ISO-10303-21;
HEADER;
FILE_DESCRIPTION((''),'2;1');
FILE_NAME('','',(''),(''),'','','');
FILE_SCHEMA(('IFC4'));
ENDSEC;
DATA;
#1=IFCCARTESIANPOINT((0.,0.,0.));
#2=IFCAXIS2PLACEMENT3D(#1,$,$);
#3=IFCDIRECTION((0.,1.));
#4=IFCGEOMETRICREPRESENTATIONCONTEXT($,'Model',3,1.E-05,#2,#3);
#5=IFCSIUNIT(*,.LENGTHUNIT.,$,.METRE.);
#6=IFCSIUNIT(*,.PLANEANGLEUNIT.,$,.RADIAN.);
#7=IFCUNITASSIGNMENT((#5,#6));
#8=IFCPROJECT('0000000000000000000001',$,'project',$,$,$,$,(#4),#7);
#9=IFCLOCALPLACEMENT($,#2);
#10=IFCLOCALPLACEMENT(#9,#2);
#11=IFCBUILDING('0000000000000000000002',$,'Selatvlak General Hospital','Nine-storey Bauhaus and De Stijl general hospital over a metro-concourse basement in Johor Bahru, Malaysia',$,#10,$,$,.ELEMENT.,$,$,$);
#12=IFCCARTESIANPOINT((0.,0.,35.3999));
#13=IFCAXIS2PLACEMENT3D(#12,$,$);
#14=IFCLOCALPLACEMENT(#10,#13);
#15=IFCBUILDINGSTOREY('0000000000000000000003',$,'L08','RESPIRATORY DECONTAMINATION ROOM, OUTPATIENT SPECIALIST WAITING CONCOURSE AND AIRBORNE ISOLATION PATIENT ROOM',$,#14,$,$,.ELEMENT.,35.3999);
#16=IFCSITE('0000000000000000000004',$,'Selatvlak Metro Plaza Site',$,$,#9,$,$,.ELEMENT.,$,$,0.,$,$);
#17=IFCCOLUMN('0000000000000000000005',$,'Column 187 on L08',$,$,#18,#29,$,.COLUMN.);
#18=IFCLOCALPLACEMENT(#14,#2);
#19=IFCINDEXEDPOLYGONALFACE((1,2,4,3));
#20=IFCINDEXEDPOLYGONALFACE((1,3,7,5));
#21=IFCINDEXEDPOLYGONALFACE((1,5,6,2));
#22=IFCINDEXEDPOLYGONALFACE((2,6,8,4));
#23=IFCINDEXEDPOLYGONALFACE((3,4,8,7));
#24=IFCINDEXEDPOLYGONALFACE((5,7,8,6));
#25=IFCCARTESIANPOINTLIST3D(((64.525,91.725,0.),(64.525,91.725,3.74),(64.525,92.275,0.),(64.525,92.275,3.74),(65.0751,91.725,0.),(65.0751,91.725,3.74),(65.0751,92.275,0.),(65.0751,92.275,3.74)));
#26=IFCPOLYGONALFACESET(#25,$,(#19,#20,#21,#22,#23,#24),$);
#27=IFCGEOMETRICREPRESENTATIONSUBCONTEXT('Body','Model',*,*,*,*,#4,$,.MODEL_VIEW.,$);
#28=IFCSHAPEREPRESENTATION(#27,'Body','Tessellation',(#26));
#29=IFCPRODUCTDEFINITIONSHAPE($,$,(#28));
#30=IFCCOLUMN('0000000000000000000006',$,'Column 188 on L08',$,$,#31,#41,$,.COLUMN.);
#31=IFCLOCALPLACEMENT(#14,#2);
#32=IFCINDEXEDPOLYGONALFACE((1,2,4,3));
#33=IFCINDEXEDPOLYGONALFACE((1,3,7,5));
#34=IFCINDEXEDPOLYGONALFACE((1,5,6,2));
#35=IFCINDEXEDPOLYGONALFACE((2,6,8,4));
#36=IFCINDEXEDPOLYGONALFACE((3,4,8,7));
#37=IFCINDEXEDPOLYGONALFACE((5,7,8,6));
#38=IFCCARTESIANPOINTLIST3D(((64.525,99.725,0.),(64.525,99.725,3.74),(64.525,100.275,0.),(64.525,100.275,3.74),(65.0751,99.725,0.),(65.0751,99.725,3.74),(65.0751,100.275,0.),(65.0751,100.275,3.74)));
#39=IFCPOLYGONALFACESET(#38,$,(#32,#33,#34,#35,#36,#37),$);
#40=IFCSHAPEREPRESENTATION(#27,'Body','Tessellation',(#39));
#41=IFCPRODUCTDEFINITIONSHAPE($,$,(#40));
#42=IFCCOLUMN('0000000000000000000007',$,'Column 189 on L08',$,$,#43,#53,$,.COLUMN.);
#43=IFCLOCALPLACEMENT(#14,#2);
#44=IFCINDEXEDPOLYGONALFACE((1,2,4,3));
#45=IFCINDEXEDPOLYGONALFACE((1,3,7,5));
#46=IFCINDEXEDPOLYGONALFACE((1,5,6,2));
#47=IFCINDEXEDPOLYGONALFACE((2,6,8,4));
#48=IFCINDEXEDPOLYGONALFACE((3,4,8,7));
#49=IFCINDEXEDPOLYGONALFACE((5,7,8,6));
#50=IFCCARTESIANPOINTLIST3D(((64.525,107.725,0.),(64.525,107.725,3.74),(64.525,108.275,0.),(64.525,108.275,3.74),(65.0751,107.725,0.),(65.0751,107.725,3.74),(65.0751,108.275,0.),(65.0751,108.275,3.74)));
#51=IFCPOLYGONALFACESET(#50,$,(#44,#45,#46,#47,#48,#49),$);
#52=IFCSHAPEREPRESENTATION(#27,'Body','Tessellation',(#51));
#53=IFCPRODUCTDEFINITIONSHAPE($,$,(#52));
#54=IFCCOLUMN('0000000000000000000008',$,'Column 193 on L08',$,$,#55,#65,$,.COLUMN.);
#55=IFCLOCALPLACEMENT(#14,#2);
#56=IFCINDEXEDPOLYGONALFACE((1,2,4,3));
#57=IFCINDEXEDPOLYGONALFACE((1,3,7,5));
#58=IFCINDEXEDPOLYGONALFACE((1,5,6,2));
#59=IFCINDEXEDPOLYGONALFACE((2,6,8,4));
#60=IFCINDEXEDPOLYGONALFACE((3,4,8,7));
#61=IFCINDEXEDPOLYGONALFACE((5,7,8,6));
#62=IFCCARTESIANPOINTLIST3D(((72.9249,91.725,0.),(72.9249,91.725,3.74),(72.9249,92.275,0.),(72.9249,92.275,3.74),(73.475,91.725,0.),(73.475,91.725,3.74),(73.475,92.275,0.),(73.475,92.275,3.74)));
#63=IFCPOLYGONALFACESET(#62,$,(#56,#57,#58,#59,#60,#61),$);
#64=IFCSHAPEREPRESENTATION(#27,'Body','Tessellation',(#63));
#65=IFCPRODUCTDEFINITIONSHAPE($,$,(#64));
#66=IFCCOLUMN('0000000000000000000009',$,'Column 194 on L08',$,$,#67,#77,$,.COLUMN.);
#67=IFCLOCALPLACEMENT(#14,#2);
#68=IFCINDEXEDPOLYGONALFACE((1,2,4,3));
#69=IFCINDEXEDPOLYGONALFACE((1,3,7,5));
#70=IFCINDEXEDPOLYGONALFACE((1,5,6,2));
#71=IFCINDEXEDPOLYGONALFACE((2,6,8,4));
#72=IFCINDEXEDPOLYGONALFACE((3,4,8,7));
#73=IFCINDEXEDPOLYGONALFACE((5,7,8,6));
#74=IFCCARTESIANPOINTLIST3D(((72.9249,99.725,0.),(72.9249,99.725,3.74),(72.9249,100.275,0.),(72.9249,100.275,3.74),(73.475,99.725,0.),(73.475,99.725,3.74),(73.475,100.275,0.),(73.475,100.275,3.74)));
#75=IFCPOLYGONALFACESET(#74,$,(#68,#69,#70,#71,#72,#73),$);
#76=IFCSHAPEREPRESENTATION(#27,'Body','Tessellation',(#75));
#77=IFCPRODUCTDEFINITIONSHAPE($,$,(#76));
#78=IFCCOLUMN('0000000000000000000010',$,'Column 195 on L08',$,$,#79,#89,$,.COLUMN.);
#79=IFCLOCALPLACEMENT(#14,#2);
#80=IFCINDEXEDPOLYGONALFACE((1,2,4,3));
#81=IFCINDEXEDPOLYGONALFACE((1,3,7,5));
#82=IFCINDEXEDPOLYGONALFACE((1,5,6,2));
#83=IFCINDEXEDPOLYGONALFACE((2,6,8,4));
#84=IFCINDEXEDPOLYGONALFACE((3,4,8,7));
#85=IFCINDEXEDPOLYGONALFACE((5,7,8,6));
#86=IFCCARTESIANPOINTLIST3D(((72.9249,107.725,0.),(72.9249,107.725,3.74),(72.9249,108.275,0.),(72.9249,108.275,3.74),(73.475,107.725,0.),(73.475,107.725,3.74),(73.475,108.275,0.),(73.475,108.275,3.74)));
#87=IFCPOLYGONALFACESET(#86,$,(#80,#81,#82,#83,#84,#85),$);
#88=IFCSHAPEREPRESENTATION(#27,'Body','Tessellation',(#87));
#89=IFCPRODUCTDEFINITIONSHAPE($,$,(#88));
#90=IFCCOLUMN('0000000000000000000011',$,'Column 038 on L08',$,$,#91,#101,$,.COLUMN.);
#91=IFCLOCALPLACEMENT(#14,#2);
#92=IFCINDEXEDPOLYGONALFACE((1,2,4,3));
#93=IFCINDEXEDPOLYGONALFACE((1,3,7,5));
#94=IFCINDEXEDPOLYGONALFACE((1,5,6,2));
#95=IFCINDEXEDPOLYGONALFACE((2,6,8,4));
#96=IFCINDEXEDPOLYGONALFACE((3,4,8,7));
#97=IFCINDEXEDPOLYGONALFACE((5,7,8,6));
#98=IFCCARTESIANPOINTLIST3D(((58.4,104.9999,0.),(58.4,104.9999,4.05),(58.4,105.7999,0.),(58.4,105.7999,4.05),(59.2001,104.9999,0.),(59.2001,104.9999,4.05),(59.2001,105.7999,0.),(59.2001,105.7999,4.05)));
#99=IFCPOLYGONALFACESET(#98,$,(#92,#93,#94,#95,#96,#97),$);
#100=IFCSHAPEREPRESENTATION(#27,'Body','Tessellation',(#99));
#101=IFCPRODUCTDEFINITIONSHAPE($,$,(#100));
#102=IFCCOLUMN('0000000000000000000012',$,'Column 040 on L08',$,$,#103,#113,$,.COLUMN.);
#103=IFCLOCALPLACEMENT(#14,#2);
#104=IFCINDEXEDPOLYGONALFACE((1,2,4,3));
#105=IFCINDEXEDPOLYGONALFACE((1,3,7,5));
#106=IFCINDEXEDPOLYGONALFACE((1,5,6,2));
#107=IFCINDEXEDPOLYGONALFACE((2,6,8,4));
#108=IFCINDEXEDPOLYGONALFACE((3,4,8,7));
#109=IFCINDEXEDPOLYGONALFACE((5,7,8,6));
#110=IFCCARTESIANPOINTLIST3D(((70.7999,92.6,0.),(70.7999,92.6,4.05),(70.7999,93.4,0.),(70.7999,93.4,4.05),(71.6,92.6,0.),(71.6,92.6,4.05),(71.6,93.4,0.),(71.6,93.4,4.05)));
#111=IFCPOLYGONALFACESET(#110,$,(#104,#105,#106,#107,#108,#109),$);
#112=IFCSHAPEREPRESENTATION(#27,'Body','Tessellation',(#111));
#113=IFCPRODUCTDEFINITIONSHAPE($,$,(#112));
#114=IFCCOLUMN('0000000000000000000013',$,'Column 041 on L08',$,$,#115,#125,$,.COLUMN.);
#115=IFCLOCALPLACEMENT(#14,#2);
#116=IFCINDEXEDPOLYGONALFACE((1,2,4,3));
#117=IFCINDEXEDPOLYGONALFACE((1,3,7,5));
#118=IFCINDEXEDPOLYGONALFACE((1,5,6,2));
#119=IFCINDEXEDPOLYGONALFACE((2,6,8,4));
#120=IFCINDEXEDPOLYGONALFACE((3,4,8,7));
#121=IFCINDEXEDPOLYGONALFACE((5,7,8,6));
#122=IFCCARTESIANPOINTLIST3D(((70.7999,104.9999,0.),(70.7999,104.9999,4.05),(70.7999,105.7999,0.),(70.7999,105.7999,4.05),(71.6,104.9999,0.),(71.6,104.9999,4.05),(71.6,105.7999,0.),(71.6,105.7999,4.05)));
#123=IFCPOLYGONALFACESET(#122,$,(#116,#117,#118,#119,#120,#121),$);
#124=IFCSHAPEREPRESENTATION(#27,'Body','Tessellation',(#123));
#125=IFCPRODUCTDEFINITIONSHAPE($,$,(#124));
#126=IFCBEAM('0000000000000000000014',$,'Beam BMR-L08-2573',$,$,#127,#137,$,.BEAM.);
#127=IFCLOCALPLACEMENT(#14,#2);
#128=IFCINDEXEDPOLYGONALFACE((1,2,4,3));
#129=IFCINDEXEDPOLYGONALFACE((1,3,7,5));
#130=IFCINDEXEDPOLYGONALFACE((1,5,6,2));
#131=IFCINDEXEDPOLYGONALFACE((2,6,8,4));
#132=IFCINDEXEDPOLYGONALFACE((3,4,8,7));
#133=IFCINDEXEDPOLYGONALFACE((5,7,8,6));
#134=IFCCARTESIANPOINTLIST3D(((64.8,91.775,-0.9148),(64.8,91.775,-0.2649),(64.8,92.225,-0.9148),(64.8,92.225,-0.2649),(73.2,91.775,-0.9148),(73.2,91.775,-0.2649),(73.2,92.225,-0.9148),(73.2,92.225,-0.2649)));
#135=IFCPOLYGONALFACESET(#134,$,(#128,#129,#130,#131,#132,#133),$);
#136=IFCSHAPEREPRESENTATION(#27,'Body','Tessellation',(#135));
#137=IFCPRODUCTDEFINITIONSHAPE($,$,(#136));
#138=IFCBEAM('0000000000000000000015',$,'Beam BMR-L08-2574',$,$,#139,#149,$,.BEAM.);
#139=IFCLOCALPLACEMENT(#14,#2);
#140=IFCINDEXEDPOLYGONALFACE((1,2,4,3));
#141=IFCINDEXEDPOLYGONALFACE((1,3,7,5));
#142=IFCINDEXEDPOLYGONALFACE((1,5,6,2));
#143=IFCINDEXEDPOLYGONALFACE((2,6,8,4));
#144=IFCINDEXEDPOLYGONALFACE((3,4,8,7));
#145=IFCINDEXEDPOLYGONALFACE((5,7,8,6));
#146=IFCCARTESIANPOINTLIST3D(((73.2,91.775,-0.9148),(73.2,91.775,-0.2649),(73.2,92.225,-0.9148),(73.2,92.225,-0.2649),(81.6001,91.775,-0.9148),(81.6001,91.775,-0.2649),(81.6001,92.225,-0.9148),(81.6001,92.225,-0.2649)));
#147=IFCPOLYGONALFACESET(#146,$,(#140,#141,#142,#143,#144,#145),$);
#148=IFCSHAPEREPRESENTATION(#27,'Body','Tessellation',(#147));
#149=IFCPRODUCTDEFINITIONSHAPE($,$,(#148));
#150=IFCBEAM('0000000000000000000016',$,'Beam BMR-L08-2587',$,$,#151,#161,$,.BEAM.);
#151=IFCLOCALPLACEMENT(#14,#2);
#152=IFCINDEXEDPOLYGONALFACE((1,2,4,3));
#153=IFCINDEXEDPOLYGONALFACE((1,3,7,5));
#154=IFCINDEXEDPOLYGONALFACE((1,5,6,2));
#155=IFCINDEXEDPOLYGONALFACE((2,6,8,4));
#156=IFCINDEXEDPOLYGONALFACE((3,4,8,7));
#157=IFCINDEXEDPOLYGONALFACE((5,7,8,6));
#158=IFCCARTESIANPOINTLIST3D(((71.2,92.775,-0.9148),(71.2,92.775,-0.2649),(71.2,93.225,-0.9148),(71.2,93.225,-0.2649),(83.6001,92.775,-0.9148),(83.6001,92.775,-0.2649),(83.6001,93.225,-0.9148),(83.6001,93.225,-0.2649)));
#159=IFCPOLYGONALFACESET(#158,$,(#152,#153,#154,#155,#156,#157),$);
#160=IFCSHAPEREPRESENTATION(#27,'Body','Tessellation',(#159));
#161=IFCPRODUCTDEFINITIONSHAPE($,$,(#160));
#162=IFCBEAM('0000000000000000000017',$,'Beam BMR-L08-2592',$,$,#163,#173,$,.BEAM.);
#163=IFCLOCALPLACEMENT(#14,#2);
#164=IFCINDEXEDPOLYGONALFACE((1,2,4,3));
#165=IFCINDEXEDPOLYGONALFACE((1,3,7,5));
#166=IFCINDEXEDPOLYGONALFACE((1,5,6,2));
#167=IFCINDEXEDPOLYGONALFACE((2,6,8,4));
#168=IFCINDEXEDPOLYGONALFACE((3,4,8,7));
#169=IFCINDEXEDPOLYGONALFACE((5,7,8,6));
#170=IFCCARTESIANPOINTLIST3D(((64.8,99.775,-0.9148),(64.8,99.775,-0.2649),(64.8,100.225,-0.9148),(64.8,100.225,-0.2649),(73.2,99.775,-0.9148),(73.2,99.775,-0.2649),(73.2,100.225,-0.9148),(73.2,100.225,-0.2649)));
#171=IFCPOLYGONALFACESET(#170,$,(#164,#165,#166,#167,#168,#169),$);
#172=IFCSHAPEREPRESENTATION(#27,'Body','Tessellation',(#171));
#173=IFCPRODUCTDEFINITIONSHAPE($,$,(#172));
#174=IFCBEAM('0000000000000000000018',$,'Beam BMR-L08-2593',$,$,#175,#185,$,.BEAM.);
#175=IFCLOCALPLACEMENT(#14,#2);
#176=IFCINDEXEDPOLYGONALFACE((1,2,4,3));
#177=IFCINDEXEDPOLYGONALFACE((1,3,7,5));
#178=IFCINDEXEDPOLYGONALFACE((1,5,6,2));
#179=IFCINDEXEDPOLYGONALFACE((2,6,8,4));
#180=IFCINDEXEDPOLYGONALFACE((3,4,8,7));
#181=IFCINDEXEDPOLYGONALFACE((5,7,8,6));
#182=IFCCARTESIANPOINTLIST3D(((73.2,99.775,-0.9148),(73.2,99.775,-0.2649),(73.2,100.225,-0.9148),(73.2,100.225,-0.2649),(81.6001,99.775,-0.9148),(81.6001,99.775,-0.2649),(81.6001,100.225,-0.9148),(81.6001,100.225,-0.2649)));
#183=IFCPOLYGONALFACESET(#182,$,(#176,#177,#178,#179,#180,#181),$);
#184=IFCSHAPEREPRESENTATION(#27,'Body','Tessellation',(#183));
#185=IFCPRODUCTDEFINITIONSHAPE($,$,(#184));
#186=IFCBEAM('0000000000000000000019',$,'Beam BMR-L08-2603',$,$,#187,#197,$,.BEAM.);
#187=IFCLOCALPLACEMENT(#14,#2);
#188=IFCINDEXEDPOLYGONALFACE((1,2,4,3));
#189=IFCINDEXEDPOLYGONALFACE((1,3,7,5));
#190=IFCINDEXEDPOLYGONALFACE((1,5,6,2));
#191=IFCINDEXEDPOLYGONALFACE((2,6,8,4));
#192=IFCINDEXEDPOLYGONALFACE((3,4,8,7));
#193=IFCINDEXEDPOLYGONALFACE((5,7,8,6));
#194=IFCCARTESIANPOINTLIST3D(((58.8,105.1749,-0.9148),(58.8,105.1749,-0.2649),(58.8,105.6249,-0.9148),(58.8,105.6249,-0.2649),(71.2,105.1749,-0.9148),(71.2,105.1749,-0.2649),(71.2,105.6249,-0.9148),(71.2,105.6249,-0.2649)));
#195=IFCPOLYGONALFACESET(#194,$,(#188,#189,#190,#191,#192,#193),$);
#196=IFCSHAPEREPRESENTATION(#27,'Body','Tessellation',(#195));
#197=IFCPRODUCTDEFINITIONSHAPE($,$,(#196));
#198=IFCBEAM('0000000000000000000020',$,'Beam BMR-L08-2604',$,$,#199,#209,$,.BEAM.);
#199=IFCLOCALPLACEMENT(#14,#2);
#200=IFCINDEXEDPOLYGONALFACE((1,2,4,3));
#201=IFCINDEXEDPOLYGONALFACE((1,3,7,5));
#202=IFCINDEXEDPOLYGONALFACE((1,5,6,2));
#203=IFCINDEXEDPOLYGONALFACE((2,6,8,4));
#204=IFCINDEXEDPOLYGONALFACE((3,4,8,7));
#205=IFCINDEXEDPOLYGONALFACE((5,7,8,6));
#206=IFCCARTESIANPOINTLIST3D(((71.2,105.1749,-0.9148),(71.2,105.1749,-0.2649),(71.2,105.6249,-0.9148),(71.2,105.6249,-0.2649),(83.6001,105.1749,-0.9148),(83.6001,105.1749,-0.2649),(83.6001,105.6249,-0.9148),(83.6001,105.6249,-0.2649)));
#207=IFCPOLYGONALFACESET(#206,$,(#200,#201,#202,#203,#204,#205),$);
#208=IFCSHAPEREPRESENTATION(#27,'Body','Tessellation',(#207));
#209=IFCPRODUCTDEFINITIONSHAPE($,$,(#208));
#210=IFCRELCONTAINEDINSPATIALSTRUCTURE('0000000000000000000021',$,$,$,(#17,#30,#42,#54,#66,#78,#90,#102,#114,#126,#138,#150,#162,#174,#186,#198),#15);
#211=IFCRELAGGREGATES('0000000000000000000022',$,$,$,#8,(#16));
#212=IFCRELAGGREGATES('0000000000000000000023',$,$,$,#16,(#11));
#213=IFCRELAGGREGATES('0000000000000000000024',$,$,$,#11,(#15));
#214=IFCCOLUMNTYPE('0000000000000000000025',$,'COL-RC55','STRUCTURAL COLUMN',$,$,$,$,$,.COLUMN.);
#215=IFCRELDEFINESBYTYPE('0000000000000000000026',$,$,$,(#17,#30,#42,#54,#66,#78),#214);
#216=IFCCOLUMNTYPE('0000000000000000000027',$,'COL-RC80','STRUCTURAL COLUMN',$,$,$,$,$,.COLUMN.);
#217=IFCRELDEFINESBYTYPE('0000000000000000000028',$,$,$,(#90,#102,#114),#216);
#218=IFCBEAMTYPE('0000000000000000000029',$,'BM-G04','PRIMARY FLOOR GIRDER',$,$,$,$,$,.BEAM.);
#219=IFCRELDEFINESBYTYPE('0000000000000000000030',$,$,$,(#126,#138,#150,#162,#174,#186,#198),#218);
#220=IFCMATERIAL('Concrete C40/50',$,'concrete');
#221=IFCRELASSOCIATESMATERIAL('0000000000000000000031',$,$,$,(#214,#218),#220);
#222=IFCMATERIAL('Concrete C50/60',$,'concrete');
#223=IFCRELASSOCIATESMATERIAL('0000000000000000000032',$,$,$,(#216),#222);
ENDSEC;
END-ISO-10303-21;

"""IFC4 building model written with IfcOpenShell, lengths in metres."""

from ifc_helpers import new_model, si_unit, direction, frame, origin, origin_2d, place, context, subcontext, project, spatial, rectangle, extrude, material, material_profile, profile_set, type_object, element, save


model = new_model("IFC4")

# Units and contexts
model_context = context("Model", 3, precision=1e-05, world=origin(), true_north=direction((0.0, 1.0)))
body_context = subcontext(model_context, "Body", "Model", "MODEL_VIEW")
ifc_project = project(units=[si_unit("LENGTHUNIT", "METRE"), si_unit("PLANEANGLEUNIT", "RADIAN")], contexts=[model_context])

# Site, building, storey
site_placement = place(None, origin())
site = spatial("IfcSite", under=ifc_project, at=site_placement, Name="Selatvlak Metro Plaza Site", CompositionType="ELEMENT", RefElevation=0.0)
building_placement = place(site_placement, origin())
building = spatial("IfcBuilding", under=site, at=building_placement, Name="Selatvlak General Hospital", Description="Nine-storey Bauhaus and De Stijl general hospital over a metro-concourse basement in Johor Bahru, Malaysia", CompositionType="ELEMENT")
storey_placement = place(building_placement, frame((0.0, 0.0, 35.3999)))
storey = spatial("IfcBuildingStorey", under=building, at=storey_placement, Name="L08", Description="RESPIRATORY DECONTAMINATION ROOM, OUTPATIENT SPECIALIST WAITING CONCOURSE AND AIRBORNE ISOLATION PATIENT ROOM", CompositionType="ELEMENT", Elevation=35.3999)

# Columns
ifc_material_1 = material(Name="Concrete C40/50", Category="concrete")
ifc_material_profile_1 = material_profile(ifc_material_1, rectangle(XDim=0.55, YDim=0.55, at=origin_2d()), Name="RC-COL 550x550")
ifc_profile_set_1 = profile_set([ifc_material_profile_1], Name="Concrete C40/50")
column_type_1 = type_object("IfcColumnType", Name="COL-RC55", Description="STRUCTURAL COLUMN", PredefinedType="COLUMN", material=ifc_profile_set_1)
for number, where, z_axis, x_axis, name in (
    (1, (64.8, 92.0, 0.0), (0.0, 0.0, 1.0), (1.0, 0.0, 0.0), "Column 187 on L08"),
    (2, (64.8, 100.0, 0.0), (0.0, 0.0, 1.0), (1.0, 0.0, 0.0), "Column 188 on L08"),
    (3, (64.8, 108.0, 0.0), (0.0, 0.0, 1.0), (1.0, 0.0, 0.0), "Column 189 on L08"),
    (4, (73.2, 92.0, 0.0), (0.0, 0.0, 1.0), (1.0, 0.0, 0.0), "Column 193 on L08"),
    (5, (73.2, 100.0, 0.0), (0.0, 0.0, 1.0), (1.0, 0.0, 0.0), "Column 194 on L08"),
    (6, (73.2, 108.0, 0.0), (0.0, 0.0, 1.0), (1.0, 0.0, 0.0), "Column 195 on L08"),
):
    element("IfcColumn", number, at=place(storey_placement, frame(where, z_axis=z_axis, x_axis=x_axis)), inside=storey, type_object=column_type_1, Name=name, PredefinedType="COLUMN", context=body_context, shape_type="SweptSolid", body=[
        extrude(rectangle(XDim=0.55, YDim=0.55, at=origin_2d()), origin(), (0.0, 0.0, 1.0), 3.74),
    ])
ifc_material_2 = material(Name="Concrete C50/60", Category="concrete")
ifc_material_profile_2 = material_profile(ifc_material_2, rectangle(XDim=0.8, YDim=0.8, at=origin_2d()), Name="RC-COL 800x800")
ifc_profile_set_2 = profile_set([ifc_material_profile_2], Name="Concrete C50/60")
column_type_2 = type_object("IfcColumnType", Name="COL-RC80", Description="STRUCTURAL COLUMN", PredefinedType="COLUMN", material=ifc_profile_set_2)
for number, where, z_axis, x_axis, name in (
    (7, (58.8, 105.3999, 0.0), (0.0, 0.0, 1.0), (1.0, 0.0, 0.0), "Column 038 on L08"),
    (8, (71.2, 93.0, 0.0), (0.0, 0.0, 1.0), (1.0, 0.0, 0.0), "Column 040 on L08"),
    (9, (71.2, 105.3999, 0.0), (0.0, 0.0, 1.0), (1.0, 0.0, 0.0), "Column 041 on L08"),
):
    element("IfcColumn", number, at=place(storey_placement, frame(where, z_axis=z_axis, x_axis=x_axis)), inside=storey, type_object=column_type_2, Name=name, PredefinedType="COLUMN", context=body_context, shape_type="SweptSolid", body=[
        extrude(rectangle(XDim=0.8, YDim=0.8, at=origin_2d()), origin(), (0.0, 0.0, 1.0), 4.05),
    ])

# Beams
ifc_material_profile_3 = material_profile(ifc_material_1, rectangle(XDim=0.45, YDim=0.6499, at=origin_2d()), Name="RC-BM 450x650")
ifc_profile_set_3 = profile_set([ifc_material_profile_3], Name="Concrete C40/50")
beam_type_1 = type_object("IfcBeamType", Name="BM-G04", Description="PRIMARY FLOOR GIRDER", PredefinedType="BEAM", material=ifc_profile_set_3)
beam_1_placement = place(storey_placement, frame((64.8, 92.0, -0.5898), z_axis=(1.0, 0.0, 0.0), x_axis=(0.0, 1.0, 0.0)))
element("IfcBeam", 10, at=beam_1_placement, inside=storey, type_object=beam_type_1, Name="Beam BMR-L08-2573", PredefinedType="BEAM", context=body_context, shape_type="SweptSolid", body=[
    extrude(rectangle(XDim=0.45, YDim=0.6499, at=origin_2d()), origin(), (0.0, 0.0, 1.0), 8.3999),
])
beam_2_placement = place(storey_placement, frame((73.2, 92.0, -0.5898), z_axis=(1.0, 0.0, 0.0), x_axis=(0.0, 1.0, 0.0)))
element("IfcBeam", 11, at=beam_2_placement, inside=storey, type_object=beam_type_1, Name="Beam BMR-L08-2574", PredefinedType="BEAM", context=body_context, shape_type="SweptSolid", body=[
    extrude(rectangle(XDim=0.45, YDim=0.6499, at=origin_2d()), origin(), (0.0, 0.0, 1.0), 8.4001),
])
beam_3_placement = place(storey_placement, frame((71.2, 93.0, -0.5898), z_axis=(1.0, 0.0, 0.0), x_axis=(0.0, 1.0, 0.0)))
element("IfcBeam", 12, at=beam_3_placement, inside=storey, type_object=beam_type_1, Name="Beam BMR-L08-2587", PredefinedType="BEAM", context=body_context, shape_type="SweptSolid", body=[
    extrude(rectangle(XDim=0.45, YDim=0.6499, at=origin_2d()), origin(), (0.0, 0.0, 1.0), 12.4001),
])
beam_4_placement = place(storey_placement, frame((64.8, 100.0, -0.5898), z_axis=(1.0, 0.0, 0.0), x_axis=(0.0, 1.0, 0.0)))
element("IfcBeam", 13, at=beam_4_placement, inside=storey, type_object=beam_type_1, Name="Beam BMR-L08-2592", PredefinedType="BEAM", context=body_context, shape_type="SweptSolid", body=[
    extrude(rectangle(XDim=0.45, YDim=0.6499, at=origin_2d()), origin(), (0.0, 0.0, 1.0), 8.3999),
])
beam_5_placement = place(storey_placement, frame((73.2, 100.0, -0.5898), z_axis=(1.0, 0.0, 0.0), x_axis=(0.0, 1.0, 0.0)))
element("IfcBeam", 14, at=beam_5_placement, inside=storey, type_object=beam_type_1, Name="Beam BMR-L08-2593", PredefinedType="BEAM", context=body_context, shape_type="SweptSolid", body=[
    extrude(rectangle(XDim=0.45, YDim=0.6499, at=origin_2d()), origin(), (0.0, 0.0, 1.0), 8.4001),
])
beam_6_placement = place(storey_placement, frame((58.8, 105.3999, -0.5898), z_axis=(1.0, 0.0, 0.0), x_axis=(0.0, 1.0, 0.0)))
element("IfcBeam", 15, at=beam_6_placement, inside=storey, type_object=beam_type_1, Name="Beam BMR-L08-2603", PredefinedType="BEAM", context=body_context, shape_type="SweptSolid", body=[
    extrude(rectangle(XDim=0.45, YDim=0.6499, at=origin_2d()), origin(), (0.0, 0.0, 1.0), 12.3999),
])
beam_7_placement = place(storey_placement, frame((71.2, 105.3999, -0.5898), z_axis=(1.0, 0.0, 0.0), x_axis=(0.0, 1.0, 0.0)))
element("IfcBeam", 16, at=beam_7_placement, inside=storey, type_object=beam_type_1, Name="Beam BMR-L08-2604", PredefinedType="BEAM", context=body_context, shape_type="SweptSolid", body=[
    extrude(rectangle(XDim=0.45, YDim=0.6499, at=origin_2d()), origin(), (0.0, 0.0, 1.0), 12.4001),
])

save(model, "model.ifc")
